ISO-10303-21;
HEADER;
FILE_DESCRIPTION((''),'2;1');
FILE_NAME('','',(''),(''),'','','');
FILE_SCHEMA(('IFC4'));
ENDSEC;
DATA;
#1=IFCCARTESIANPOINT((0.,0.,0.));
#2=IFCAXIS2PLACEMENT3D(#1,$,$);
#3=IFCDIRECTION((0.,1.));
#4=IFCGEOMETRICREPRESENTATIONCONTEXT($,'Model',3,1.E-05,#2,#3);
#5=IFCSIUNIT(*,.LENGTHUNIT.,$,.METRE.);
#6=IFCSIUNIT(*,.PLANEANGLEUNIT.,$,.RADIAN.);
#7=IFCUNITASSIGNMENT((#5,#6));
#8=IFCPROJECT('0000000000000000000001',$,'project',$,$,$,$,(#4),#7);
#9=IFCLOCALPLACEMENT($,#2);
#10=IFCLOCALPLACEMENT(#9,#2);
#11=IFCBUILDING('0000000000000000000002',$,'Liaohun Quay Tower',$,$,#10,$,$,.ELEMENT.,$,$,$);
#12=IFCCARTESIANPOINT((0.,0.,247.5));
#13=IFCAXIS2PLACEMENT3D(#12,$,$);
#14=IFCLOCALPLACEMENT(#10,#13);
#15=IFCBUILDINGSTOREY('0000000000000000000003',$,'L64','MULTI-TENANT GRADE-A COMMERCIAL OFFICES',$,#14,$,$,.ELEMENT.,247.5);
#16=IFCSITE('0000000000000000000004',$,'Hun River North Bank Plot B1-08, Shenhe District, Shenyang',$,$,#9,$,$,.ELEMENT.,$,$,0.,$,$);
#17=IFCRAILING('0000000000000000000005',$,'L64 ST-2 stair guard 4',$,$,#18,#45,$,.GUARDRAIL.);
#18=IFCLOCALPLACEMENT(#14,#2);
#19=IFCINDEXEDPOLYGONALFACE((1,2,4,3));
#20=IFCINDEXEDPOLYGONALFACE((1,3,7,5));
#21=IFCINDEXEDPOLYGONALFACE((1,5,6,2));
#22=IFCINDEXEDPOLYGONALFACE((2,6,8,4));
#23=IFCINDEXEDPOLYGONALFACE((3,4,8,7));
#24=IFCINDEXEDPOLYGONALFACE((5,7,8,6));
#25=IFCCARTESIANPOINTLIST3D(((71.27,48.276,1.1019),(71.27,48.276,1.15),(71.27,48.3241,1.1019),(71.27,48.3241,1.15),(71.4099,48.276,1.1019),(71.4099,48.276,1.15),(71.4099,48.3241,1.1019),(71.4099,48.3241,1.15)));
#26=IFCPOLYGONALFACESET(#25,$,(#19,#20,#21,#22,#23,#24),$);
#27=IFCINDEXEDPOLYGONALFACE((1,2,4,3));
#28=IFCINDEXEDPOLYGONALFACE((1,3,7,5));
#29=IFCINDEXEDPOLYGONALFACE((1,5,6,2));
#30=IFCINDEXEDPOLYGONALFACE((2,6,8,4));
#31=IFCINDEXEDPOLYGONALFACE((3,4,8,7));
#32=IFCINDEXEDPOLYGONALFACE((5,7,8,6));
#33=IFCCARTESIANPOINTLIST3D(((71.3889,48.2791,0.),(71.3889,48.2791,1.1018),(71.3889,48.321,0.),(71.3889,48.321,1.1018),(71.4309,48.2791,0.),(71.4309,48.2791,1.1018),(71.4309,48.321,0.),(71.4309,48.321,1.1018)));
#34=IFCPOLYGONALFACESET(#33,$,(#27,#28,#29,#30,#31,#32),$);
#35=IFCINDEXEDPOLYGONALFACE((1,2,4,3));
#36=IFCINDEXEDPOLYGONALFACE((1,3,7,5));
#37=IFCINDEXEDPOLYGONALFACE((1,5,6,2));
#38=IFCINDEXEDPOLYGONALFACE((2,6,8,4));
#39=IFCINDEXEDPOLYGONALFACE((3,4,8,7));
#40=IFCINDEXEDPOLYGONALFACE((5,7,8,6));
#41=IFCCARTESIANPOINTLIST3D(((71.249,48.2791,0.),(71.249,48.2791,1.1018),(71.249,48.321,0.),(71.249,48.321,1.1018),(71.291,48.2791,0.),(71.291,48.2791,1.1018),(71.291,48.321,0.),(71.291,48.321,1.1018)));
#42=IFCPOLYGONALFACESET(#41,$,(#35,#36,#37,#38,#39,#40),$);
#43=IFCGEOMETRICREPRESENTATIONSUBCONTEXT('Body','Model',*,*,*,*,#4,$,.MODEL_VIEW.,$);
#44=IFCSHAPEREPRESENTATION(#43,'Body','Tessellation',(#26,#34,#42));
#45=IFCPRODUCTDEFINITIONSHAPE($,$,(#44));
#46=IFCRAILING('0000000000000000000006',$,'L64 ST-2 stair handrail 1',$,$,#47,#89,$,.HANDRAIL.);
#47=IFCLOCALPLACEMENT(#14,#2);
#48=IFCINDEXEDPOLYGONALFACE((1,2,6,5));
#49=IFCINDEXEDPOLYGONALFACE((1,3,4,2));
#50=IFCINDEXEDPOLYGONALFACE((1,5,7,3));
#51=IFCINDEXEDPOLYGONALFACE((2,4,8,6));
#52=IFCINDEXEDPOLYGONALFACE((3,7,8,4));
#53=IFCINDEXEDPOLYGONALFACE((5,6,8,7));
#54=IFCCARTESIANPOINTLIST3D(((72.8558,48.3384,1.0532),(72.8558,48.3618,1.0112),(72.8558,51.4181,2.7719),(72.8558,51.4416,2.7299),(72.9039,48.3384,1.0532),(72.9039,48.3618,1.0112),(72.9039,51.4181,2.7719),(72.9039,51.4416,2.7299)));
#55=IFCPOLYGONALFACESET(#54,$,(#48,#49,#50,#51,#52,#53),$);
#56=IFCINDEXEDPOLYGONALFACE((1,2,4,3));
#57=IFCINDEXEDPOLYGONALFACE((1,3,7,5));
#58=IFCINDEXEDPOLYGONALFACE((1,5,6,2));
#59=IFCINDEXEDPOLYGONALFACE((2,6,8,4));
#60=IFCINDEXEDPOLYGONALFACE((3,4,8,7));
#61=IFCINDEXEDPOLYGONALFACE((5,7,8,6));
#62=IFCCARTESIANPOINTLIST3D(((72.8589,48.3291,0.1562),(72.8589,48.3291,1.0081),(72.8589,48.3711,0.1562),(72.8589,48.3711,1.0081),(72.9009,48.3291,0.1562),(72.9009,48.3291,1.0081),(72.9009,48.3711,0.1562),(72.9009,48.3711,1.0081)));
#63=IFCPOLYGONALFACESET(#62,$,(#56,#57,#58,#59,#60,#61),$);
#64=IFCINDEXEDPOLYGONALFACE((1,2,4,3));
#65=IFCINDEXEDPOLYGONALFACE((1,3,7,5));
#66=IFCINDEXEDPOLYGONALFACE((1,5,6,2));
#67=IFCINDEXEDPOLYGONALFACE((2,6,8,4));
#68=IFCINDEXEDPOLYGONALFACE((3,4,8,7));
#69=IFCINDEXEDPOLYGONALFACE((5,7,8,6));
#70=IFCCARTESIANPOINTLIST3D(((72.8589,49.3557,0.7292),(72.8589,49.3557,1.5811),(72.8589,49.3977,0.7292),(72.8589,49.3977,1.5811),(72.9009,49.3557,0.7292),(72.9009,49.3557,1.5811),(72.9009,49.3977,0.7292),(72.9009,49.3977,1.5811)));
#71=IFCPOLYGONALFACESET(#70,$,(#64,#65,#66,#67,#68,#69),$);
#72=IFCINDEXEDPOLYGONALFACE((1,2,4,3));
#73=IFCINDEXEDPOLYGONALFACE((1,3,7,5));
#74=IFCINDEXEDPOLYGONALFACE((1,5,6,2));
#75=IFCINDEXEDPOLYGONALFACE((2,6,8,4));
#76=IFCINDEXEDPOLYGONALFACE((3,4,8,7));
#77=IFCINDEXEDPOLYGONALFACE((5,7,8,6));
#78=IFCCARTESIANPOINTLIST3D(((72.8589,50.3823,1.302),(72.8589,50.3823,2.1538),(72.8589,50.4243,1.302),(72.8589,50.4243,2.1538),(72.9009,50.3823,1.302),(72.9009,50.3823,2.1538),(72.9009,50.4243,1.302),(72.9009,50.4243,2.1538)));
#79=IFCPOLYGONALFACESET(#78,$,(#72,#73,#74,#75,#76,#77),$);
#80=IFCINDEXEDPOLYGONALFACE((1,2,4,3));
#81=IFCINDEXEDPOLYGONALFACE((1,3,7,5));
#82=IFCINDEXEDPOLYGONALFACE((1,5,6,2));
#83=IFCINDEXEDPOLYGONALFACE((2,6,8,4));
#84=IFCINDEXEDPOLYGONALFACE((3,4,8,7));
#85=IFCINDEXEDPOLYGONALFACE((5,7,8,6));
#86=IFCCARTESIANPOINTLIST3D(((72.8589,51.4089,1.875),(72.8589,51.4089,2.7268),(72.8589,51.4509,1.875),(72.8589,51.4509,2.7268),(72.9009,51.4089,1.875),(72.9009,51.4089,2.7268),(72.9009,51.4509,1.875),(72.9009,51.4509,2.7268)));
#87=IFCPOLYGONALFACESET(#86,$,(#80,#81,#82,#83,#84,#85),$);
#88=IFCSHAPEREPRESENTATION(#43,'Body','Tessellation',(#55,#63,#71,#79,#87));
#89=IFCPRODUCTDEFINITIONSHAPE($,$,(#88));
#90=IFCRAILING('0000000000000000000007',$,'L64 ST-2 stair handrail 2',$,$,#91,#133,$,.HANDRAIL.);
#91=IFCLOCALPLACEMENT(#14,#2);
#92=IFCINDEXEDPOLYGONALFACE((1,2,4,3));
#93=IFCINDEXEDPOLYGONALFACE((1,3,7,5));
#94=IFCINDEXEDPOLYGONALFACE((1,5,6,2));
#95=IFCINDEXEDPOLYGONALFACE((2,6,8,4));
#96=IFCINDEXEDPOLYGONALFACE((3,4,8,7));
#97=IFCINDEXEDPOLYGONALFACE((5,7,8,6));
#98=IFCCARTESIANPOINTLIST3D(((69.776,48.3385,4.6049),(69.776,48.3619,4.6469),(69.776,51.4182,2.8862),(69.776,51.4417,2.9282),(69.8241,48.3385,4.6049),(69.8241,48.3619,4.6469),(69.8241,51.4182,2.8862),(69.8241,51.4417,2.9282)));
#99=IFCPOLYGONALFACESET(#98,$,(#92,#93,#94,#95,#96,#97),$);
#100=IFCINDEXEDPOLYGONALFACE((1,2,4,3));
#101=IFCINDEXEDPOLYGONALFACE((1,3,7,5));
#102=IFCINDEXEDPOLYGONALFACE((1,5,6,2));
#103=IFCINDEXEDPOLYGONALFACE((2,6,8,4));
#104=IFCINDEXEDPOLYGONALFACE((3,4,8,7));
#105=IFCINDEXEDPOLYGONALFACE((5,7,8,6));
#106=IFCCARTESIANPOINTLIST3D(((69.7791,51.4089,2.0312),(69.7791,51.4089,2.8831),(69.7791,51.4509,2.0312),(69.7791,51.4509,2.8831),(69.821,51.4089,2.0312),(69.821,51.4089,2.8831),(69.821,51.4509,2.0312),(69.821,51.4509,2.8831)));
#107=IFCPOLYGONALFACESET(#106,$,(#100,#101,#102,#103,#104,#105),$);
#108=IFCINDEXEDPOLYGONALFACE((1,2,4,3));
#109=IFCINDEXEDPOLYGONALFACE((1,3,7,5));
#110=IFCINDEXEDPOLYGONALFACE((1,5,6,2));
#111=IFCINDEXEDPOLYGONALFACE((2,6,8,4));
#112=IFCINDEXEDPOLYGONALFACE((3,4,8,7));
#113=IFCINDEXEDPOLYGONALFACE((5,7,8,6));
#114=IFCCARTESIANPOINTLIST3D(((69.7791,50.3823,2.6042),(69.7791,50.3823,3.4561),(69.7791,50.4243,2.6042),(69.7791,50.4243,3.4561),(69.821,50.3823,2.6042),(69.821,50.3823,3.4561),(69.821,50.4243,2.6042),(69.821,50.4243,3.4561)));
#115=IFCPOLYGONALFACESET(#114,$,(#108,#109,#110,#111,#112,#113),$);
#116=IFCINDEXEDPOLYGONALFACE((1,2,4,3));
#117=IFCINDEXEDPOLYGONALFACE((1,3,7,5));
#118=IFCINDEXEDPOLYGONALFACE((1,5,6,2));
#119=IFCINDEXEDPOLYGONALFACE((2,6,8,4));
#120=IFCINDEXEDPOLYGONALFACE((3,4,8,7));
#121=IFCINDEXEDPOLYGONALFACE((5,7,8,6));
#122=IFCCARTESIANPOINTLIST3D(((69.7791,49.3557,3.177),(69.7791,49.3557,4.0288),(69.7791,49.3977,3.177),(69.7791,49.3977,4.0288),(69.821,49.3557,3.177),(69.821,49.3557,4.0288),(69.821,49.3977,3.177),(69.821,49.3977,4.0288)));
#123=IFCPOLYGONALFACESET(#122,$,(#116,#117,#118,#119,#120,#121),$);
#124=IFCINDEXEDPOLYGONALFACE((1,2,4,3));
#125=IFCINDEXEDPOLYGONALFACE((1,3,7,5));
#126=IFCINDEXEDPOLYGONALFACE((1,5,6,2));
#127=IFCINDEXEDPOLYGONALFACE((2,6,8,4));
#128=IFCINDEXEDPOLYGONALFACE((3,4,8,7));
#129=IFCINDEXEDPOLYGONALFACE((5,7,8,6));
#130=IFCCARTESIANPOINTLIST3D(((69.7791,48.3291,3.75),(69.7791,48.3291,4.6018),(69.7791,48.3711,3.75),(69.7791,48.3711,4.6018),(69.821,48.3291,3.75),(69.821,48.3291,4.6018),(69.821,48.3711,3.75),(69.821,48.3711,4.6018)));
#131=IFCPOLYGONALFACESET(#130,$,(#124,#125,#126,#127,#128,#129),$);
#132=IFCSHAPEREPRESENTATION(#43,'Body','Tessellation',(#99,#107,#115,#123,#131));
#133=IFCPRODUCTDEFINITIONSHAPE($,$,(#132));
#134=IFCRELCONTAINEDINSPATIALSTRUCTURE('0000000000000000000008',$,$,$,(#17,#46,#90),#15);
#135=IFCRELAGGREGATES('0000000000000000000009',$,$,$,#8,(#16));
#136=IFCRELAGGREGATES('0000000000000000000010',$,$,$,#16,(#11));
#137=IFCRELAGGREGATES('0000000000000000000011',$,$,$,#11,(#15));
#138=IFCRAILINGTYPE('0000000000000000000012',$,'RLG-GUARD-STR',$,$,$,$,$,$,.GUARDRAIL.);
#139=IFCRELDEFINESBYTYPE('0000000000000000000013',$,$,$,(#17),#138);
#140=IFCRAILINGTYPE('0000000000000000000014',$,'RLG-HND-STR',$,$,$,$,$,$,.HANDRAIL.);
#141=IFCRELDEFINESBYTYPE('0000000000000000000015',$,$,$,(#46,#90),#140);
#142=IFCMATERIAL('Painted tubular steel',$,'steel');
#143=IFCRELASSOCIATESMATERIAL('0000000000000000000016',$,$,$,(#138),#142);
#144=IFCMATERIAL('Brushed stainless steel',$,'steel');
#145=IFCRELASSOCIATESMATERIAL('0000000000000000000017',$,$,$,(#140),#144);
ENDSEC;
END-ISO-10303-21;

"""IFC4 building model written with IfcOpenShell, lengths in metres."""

from ifc_helpers import new_model, si_unit, direction, frame, origin, origin_2d, place, context, subcontext, project, spatial, rectangle, extrude, material, type_object, element, save


model = new_model("IFC4")

# Units and contexts
model_context = context("Model", 3, precision=1e-05, world=origin(), true_north=direction((0.0, 1.0)))
body_context = subcontext(model_context, "Body", "Model", "MODEL_VIEW")
ifc_project = project(units=[si_unit("LENGTHUNIT", "METRE"), si_unit("PLANEANGLEUNIT", "RADIAN")], contexts=[model_context])

# Site, building, storey
site_placement = place(None, origin())
site = spatial("IfcSite", under=ifc_project, at=site_placement, Name="Hun River North Bank Plot B1-08, Shenhe District, Shenyang", CompositionType="ELEMENT", RefElevation=0.0)
building_placement = place(site_placement, origin())
building = spatial("IfcBuilding", under=site, at=building_placement, Name="Liaohun Quay Tower", CompositionType="ELEMENT")
storey_placement = place(building_placement, frame((0.0, 0.0, 247.5)))
storey = spatial("IfcBuildingStorey", under=building, at=storey_placement, Name="L64", Description="MULTI-TENANT GRADE-A COMMERCIAL OFFICES", CompositionType="ELEMENT", Elevation=247.5)

# Railings
ifc_material_1 = material(Name="Painted tubular steel", Category="steel")
railing_type_1 = type_object("IfcRailingType", Name="RLG-GUARD-STR", PredefinedType="GUARDRAIL", material=ifc_material_1)
railing_1_placement = place(storey_placement, frame((71.4099, 48.3, 0.0)))
element("IfcRailing", 1, at=railing_1_placement, inside=storey, type_object=railing_type_1, Name="L64 ST-2 stair guard 4", PredefinedType="GUARDRAIL", context=body_context, shape_type="SweptSolid", body=[
    extrude(rectangle(XDim=0.0481, YDim=0.0481, at=origin_2d()), frame((0.0, 0.0, 1.126), z_axis=(-1.0, 0.0, 0.0), x_axis=(0.0, -1.0, 0.0)), (0.0, 0.0, 1.0), 0.1399),
    extrude(rectangle(XDim=0.042, YDim=0.042, at=origin_2d()), origin(), (0.0, 0.0, 1.0), 1.1018),
    extrude(rectangle(XDim=0.042, YDim=0.042, at=origin_2d()), frame((-0.1399, 0.0, 0.0)), (0.0, 0.0, 1.0), 1.1018),
])
ifc_material_2 = material(Name="Brushed stainless steel", Category="steel")
railing_type_2 = type_object("IfcRailingType", Name="RLG-HND-STR", PredefinedType="HANDRAIL", material=ifc_material_2)
railing_2_placement = place(storey_placement, frame((72.8799, 48.3501, 0.1562)))
element("IfcRailing", 2, at=railing_2_placement, inside=storey, type_object=railing_type_2, Name="L64 ST-2 stair handrail 1", PredefinedType="HANDRAIL", context=body_context, shape_type="SweptSolid", body=[
    extrude(rectangle(XDim=0.0481, YDim=0.0481, at=origin_2d()), frame((0.0, 0.0, 0.876), z_axis=(0.0, 0.873225, 0.487317), x_axis=(-1.0, 0.0, 0.0)), (0.0, 0.0, 1.0), 3.5269),
    extrude(rectangle(XDim=0.042, YDim=0.042, at=origin_2d()), origin(), (0.0, 0.0, 1.0), 0.8518),
    extrude(rectangle(XDim=0.042, YDim=0.042, at=origin_2d()), frame((0.0, 1.0266, 0.573)), (0.0, 0.0, 1.0), 0.8518),
    extrude(rectangle(XDim=0.042, YDim=0.042, at=origin_2d()), frame((0.0, 2.0532, 1.1458)), (0.0, 0.0, 1.0), 0.8518),
    extrude(rectangle(XDim=0.042, YDim=0.042, at=origin_2d()), frame((0.0, 3.0798, 1.7188)), (0.0, 0.0, 1.0), 0.8518),
])
railing_3_placement = place(storey_placement, frame((69.8, 51.4299, 2.0312)))
element("IfcRailing", 3, at=railing_3_placement, inside=storey, type_object=railing_type_2, Name="L64 ST-2 stair handrail 2", PredefinedType="HANDRAIL", context=body_context, shape_type="SweptSolid", body=[
    extrude(rectangle(XDim=0.0481, YDim=0.0481, at=origin_2d()), frame((0.0, 0.0, 0.876), z_axis=(0.0, -0.873225, 0.487317), x_axis=(1.0, 0.0, 0.0)), (0.0, 0.0, 1.0), 3.5269),
    extrude(rectangle(XDim=0.042, YDim=0.042, at=origin_2d()), origin(), (0.0, 0.0, 1.0), 0.8518),
    extrude(rectangle(XDim=0.042, YDim=0.042, at=origin_2d()), frame((0.0, -1.0266, 0.573)), (0.0, 0.0, 1.0), 0.8518),
    extrude(rectangle(XDim=0.042, YDim=0.042, at=origin_2d()), frame((0.0, -2.0532, 1.1458)), (0.0, 0.0, 1.0), 0.8518),
    extrude(rectangle(XDim=0.042, YDim=0.042, at=origin_2d()), frame((0.0, -3.0798, 1.7188)), (0.0, 0.0, 1.0), 0.8518),
])

save(model, "model.ifc")
